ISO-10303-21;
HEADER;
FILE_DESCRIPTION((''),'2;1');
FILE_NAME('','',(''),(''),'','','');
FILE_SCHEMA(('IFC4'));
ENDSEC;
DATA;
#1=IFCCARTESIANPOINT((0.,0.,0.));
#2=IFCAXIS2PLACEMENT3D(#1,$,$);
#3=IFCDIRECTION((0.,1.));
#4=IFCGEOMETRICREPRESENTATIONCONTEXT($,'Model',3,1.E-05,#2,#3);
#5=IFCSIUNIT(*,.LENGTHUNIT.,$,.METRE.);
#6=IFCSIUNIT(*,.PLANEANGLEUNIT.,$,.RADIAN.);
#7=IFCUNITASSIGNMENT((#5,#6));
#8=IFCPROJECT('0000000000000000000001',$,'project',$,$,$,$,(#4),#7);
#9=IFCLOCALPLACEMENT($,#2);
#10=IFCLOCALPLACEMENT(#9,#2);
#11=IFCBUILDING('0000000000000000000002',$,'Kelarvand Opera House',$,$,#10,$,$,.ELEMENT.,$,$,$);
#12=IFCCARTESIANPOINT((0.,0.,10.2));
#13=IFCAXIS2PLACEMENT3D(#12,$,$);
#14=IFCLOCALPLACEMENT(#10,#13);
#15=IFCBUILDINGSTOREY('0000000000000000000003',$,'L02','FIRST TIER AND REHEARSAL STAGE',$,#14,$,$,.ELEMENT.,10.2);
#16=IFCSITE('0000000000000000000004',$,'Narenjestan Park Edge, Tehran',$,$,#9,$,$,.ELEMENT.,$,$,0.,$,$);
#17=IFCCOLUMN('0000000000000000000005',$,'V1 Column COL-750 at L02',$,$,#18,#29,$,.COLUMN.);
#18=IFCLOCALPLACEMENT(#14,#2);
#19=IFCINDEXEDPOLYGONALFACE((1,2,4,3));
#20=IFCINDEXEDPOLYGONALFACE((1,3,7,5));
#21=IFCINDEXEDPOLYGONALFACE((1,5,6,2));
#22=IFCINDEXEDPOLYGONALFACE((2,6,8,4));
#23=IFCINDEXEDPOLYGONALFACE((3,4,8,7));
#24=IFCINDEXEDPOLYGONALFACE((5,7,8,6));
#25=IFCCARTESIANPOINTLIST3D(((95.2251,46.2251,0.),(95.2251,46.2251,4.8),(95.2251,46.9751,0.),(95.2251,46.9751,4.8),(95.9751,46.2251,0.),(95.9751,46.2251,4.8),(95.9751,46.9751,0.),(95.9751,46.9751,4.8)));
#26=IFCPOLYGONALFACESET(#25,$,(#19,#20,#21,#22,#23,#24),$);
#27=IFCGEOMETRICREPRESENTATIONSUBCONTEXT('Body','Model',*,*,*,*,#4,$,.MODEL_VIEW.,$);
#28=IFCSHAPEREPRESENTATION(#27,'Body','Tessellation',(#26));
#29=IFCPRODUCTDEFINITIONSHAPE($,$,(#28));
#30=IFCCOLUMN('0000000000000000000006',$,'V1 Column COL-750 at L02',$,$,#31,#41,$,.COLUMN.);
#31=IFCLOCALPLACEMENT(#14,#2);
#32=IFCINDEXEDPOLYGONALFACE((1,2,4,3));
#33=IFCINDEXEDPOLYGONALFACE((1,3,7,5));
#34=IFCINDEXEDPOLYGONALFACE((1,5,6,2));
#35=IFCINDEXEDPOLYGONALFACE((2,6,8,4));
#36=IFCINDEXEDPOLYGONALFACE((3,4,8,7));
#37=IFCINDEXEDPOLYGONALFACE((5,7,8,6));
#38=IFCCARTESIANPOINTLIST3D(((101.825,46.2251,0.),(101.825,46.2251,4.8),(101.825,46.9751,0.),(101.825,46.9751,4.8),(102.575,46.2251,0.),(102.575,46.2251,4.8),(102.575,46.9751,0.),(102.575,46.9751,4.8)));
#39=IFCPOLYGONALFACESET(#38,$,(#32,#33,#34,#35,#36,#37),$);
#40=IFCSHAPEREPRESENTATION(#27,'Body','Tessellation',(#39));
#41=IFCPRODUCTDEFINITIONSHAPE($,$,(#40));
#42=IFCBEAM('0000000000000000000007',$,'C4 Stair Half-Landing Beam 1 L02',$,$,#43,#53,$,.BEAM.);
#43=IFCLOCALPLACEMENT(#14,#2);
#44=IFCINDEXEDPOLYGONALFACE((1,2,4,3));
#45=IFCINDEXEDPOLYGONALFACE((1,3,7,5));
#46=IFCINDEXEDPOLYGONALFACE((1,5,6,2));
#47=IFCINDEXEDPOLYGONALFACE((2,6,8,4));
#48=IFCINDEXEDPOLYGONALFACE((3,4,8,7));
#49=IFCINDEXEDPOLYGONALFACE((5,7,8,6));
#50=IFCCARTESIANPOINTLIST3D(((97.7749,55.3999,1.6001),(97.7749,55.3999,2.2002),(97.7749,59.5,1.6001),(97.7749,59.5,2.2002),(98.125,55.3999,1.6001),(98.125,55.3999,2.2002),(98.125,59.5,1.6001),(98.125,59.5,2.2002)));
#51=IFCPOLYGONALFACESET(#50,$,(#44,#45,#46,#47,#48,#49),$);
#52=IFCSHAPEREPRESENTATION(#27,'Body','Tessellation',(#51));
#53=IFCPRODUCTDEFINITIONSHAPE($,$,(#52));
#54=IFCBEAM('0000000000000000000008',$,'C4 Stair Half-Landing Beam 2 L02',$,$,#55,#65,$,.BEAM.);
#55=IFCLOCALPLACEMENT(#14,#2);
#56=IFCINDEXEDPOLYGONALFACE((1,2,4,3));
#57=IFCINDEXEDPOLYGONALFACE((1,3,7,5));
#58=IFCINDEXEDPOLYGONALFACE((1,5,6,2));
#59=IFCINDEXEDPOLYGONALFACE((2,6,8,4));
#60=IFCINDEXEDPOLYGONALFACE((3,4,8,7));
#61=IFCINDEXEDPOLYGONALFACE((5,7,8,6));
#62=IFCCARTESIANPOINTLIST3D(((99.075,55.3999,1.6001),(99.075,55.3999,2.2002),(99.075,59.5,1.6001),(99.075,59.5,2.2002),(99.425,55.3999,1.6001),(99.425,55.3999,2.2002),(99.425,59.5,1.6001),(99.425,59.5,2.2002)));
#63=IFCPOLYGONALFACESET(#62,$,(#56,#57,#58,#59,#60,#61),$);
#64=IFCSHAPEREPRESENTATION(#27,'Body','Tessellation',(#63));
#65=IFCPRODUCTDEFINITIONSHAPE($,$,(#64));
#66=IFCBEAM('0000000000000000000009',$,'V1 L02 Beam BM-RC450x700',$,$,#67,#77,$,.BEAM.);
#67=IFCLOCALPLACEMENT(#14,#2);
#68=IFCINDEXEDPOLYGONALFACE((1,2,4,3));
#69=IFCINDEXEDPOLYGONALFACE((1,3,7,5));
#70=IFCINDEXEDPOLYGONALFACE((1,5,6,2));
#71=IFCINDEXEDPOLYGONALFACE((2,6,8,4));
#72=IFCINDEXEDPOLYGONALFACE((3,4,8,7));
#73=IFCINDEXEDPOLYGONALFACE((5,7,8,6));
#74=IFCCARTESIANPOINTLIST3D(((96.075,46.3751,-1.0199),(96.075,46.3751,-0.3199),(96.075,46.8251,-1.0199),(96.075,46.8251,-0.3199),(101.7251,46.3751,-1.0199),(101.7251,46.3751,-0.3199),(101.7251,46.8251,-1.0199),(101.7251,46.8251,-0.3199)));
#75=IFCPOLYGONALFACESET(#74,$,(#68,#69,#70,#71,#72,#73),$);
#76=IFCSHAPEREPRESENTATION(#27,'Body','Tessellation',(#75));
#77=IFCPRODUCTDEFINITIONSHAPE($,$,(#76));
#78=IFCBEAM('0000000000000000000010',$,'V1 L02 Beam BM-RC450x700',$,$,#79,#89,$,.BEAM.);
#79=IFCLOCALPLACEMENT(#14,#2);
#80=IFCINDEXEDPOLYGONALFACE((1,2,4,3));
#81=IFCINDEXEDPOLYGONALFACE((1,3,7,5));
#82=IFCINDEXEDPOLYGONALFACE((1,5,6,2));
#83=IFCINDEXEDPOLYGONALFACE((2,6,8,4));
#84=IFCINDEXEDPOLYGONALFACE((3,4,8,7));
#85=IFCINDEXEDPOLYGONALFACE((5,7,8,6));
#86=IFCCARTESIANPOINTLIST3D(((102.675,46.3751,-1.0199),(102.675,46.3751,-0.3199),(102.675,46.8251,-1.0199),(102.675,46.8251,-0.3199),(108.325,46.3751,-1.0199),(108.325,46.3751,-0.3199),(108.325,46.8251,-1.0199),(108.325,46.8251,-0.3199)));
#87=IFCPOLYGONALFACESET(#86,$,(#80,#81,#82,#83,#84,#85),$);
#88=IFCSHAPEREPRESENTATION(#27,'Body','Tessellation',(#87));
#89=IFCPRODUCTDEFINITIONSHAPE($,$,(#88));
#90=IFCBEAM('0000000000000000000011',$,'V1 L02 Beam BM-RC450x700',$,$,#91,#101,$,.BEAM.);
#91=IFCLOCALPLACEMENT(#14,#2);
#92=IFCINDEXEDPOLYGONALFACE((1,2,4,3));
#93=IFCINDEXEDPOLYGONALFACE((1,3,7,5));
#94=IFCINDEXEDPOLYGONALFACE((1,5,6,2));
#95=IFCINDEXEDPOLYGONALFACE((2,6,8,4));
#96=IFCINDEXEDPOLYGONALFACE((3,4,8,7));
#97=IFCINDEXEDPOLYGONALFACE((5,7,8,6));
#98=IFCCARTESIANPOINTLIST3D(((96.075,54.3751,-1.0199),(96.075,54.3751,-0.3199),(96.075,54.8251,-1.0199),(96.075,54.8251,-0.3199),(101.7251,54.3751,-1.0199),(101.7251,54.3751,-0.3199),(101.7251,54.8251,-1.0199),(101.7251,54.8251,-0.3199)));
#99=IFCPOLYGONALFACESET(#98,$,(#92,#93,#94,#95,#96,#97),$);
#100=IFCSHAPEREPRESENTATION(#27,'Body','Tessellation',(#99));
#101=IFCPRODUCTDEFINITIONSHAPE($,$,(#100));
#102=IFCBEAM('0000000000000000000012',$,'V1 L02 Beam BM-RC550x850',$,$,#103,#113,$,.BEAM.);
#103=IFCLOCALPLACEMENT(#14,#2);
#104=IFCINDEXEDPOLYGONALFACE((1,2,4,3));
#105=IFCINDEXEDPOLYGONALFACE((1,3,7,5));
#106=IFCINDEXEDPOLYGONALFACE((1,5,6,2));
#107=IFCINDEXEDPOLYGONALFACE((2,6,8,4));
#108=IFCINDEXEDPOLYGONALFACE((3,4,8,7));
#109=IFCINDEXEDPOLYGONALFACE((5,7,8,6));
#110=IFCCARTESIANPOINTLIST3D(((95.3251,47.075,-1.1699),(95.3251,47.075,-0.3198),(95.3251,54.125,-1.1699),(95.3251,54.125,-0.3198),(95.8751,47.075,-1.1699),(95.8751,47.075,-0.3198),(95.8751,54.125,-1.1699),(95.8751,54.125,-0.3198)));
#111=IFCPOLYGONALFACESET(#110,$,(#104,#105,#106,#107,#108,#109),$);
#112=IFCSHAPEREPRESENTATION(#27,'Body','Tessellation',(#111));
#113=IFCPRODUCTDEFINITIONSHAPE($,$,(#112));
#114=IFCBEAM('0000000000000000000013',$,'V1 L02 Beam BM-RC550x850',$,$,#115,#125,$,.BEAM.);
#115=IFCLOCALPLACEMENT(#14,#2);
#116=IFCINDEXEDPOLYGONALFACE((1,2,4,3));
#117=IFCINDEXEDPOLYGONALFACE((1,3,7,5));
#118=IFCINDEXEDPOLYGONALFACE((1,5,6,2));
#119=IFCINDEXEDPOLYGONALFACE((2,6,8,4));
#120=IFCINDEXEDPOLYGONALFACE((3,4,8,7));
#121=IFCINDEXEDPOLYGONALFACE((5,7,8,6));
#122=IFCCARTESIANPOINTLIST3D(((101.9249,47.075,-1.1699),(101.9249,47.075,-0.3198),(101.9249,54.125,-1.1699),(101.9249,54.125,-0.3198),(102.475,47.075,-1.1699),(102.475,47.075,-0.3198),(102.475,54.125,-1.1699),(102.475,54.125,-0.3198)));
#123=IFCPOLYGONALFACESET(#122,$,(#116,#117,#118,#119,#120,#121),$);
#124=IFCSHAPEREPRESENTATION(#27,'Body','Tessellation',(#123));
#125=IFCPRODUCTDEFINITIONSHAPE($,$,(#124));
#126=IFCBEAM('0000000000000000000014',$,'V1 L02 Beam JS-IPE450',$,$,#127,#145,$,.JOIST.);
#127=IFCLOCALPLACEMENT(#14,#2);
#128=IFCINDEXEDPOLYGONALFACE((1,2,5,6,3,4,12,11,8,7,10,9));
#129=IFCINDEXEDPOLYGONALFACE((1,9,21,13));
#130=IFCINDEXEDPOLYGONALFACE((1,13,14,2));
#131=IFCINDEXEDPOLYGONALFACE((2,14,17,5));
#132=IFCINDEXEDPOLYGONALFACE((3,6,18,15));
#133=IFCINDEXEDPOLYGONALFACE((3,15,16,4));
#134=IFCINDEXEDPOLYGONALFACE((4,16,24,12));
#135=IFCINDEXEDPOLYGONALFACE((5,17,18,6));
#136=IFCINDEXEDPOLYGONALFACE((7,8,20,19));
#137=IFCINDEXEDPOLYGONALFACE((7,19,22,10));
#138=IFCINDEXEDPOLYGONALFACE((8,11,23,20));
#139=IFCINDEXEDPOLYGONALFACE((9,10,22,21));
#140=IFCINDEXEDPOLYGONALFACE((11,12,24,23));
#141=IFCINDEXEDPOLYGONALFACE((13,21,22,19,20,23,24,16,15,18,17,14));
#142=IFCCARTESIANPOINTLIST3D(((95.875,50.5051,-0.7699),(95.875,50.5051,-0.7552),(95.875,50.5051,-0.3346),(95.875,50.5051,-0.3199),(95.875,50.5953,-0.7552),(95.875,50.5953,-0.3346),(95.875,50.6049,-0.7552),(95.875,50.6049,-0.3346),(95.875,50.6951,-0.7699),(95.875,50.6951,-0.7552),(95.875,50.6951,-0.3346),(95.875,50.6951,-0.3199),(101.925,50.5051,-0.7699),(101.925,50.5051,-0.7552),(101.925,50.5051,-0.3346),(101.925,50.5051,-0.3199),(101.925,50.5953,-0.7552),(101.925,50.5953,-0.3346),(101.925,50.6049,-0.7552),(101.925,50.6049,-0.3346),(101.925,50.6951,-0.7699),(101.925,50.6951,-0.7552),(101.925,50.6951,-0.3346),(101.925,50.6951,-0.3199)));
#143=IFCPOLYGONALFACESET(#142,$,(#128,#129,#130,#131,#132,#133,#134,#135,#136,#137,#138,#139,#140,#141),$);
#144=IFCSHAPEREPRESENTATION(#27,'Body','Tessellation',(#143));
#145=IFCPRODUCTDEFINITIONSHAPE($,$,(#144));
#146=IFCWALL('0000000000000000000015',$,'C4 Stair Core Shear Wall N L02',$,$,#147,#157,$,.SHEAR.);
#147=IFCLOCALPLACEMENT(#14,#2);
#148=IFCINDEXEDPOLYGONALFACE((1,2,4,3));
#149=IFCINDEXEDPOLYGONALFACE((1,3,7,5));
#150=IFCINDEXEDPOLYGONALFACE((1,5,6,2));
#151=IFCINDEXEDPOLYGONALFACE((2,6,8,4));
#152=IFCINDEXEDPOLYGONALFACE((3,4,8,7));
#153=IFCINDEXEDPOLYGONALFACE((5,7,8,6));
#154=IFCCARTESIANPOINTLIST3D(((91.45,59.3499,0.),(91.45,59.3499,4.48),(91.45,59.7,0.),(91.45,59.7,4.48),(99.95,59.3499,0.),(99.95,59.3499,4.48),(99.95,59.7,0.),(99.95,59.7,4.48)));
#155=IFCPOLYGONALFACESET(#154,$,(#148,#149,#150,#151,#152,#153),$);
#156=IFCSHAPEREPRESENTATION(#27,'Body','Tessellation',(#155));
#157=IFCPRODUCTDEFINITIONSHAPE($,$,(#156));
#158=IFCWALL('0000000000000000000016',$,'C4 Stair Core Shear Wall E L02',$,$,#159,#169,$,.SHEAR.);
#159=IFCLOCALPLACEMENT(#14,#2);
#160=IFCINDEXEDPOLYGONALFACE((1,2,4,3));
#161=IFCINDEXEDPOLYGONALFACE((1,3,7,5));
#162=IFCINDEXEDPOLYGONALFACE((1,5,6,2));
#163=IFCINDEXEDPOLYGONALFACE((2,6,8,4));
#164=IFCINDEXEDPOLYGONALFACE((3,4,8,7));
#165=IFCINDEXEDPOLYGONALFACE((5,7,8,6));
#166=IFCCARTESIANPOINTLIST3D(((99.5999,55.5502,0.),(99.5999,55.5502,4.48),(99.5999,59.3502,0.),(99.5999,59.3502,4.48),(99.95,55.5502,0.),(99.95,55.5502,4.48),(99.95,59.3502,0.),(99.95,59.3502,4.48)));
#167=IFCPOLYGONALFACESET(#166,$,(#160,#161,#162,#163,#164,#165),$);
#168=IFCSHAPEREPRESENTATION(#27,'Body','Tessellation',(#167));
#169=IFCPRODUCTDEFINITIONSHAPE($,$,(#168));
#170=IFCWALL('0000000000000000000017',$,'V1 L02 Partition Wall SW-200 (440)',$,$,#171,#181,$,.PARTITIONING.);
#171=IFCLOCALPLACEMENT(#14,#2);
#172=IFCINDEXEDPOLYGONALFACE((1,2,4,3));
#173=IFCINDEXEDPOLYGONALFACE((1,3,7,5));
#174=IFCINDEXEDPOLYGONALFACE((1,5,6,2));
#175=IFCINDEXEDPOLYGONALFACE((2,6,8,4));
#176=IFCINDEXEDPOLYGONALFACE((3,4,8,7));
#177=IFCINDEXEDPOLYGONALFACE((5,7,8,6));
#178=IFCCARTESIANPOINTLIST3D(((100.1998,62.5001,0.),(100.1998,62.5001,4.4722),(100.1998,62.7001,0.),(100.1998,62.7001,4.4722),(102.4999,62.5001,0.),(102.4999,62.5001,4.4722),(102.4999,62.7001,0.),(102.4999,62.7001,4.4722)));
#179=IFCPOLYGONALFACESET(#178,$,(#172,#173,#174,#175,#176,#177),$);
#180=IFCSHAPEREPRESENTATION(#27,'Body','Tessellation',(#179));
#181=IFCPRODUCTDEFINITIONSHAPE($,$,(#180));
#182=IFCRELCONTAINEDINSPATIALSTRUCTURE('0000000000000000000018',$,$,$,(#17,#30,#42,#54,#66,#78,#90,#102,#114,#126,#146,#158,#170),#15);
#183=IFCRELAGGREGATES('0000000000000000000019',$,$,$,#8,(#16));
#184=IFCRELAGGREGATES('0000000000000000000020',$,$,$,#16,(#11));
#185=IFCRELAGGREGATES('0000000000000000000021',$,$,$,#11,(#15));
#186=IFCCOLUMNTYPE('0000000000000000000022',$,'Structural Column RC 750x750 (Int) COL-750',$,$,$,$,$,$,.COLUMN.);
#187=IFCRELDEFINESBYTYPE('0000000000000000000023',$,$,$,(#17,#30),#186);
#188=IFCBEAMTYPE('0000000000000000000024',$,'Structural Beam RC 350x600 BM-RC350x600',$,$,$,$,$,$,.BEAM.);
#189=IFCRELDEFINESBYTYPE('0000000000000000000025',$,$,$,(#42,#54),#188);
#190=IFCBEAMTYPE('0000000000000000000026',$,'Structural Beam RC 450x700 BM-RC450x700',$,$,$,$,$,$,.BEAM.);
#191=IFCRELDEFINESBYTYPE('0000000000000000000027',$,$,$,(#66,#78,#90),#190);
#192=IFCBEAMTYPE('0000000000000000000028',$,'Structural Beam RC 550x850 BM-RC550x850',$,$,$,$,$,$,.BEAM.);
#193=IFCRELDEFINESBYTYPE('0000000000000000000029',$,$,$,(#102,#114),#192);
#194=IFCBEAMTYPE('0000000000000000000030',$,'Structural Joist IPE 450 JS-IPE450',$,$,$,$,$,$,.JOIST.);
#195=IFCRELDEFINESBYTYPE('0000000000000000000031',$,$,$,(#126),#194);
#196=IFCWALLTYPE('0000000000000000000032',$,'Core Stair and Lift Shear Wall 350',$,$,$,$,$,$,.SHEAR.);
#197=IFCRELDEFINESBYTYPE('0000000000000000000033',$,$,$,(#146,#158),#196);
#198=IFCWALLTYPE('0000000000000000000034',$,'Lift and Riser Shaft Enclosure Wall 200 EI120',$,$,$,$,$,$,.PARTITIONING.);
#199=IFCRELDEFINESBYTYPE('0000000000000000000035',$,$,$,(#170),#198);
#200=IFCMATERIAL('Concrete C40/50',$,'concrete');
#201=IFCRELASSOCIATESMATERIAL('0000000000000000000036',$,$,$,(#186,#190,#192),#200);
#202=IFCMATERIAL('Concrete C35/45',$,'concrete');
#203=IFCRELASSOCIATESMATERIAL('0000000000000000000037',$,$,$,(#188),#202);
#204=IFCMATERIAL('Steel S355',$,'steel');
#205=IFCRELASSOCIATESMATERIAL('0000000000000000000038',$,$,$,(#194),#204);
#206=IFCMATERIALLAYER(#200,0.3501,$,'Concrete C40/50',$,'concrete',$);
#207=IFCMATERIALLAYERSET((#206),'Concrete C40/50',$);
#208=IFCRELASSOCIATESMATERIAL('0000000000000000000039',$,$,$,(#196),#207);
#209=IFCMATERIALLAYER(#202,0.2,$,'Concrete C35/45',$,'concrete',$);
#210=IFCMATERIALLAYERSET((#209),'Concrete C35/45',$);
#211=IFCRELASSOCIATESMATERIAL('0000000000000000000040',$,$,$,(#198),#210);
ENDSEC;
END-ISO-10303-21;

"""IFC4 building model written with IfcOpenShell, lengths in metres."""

from ifc_helpers import new_model, si_unit, direction, frame, frame_2d, origin, origin_2d, place, context, subcontext, project, spatial, rectangle, i_section, extrude, material, layer, layer_set, material_profile, profile_set, type_object, element, save


model = new_model("IFC4")

# Units and contexts
model_context = context("Model", 3, precision=1e-05, world=origin(), true_north=direction((0.0, 1.0)))
body_context = subcontext(model_context, "Body", "Model", "MODEL_VIEW")
ifc_project = project(units=[si_unit("LENGTHUNIT", "METRE"), si_unit("PLANEANGLEUNIT", "RADIAN")], contexts=[model_context])

# Site, building, storey
site_placement = place(None, origin())
site = spatial("IfcSite", under=ifc_project, at=site_placement, Name="Narenjestan Park Edge, Tehran", CompositionType="ELEMENT", RefElevation=0.0)
building_placement = place(site_placement, origin())
building = spatial("IfcBuilding", under=site, at=building_placement, Name="Kelarvand Opera House", CompositionType="ELEMENT")
storey_placement = place(building_placement, frame((0.0, 0.0, 10.2)))
storey = spatial("IfcBuildingStorey", under=building, at=storey_placement, Name="L02", Description="FIRST TIER AND REHEARSAL STAGE", CompositionType="ELEMENT", Elevation=10.2)

# Columns
ifc_material_1 = material(Name="Concrete C40/50", Category="concrete")
ifc_material_profile_1 = material_profile(ifc_material_1, rectangle(XDim=0.75, YDim=0.75, at=origin_2d()), Name="RC 750x750", Category="concrete")
ifc_profile_set_1 = profile_set([ifc_material_profile_1], Name="Concrete C40/50")
column_type = type_object("IfcColumnType", Name="Structural Column RC 750x750 (Int) COL-750", PredefinedType="COLUMN", material=ifc_profile_set_1)
for number, where, z_axis, x_axis, name in (
    (1, (95.6001, 46.6001, 0.0), (0.0, 0.0, 1.0), (1.0, 0.0, 0.0), "V1 Column COL-750 at L02"),
    (2, (102.2, 46.6001, 0.0), (0.0, 0.0, 1.0), (1.0, 0.0, 0.0), "V1 Column COL-750 at L02"),
):
    element("IfcColumn", number, at=place(storey_placement, frame(where, z_axis=z_axis, x_axis=x_axis)), inside=storey, type_object=column_type, Name=name, PredefinedType="COLUMN", context=body_context, shape_type="SweptSolid", body=[
        extrude(rectangle(XDim=0.75, YDim=0.75, at=origin_2d()), origin(), (0.0, 0.0, 1.0), 4.8),
    ])

# Beams
ifc_material_2 = material(Name="Concrete C35/45", Category="concrete")
ifc_material_profile_2 = material_profile(ifc_material_2, rectangle(XDim=0.3501, YDim=0.6001, at=origin_2d()), Name="RC 350x600", Category="concrete")
ifc_profile_set_2 = profile_set([ifc_material_profile_2], Name="Concrete C35/45")
beam_type_1 = type_object("IfcBeamType", Name="Structural Beam RC 350x600 BM-RC350x600", PredefinedType="BEAM", material=ifc_profile_set_2)
for number, where, z_axis, x_axis, name in (
    (3, (97.95, 55.3999, 1.9001), (0.0, 1.0, 0.0), (-1.0, 0.0, 0.0), "C4 Stair Half-Landing Beam 1 L02"),
    (4, (99.25, 55.3999, 1.9001), (0.0, 1.0, 0.0), (-1.0, 0.0, 0.0), "C4 Stair Half-Landing Beam 2 L02"),
):
    element("IfcBeam", number, at=place(storey_placement, frame(where, z_axis=z_axis, x_axis=x_axis)), inside=storey, type_object=beam_type_1, Name=name, PredefinedType="BEAM", context=body_context, shape_type="SweptSolid", body=[
        extrude(rectangle(XDim=0.3501, YDim=0.6001, at=origin_2d()), origin(), (0.0, 0.0, 1.0), 4.1001),
    ])
ifc_material_profile_3 = material_profile(ifc_material_1, rectangle(XDim=0.45, YDim=0.7, at=origin_2d()), Name="RC 450x700", Category="concrete")
ifc_profile_set_3 = profile_set([ifc_material_profile_3], Name="Concrete C40/50")
beam_type_2 = type_object("IfcBeamType", Name="Structural Beam RC 450x700 BM-RC450x700", PredefinedType="BEAM", material=ifc_profile_set_3)
beam_1_placement = place(storey_placement, frame((96.075, 46.6001, -0.6699), z_axis=(1.0, 0.0, 0.0), x_axis=(0.0, 1.0, 0.0)))
element("IfcBeam", 5, at=beam_1_placement, inside=storey, type_object=beam_type_2, Name="V1 L02 Beam BM-RC450x700", PredefinedType="BEAM", context=body_context, shape_type="SweptSolid", body=[
    extrude(rectangle(XDim=0.45, YDim=0.7, at=origin_2d()), origin(), (0.0, 0.0, 1.0), 5.6501),
])
beam_2_placement = place(storey_placement, frame((102.675, 46.6001, -0.6699), z_axis=(1.0, 0.0, 0.0), x_axis=(0.0, 1.0, 0.0)))
element("IfcBeam", 6, at=beam_2_placement, inside=storey, type_object=beam_type_2, Name="V1 L02 Beam BM-RC450x700", PredefinedType="BEAM", context=body_context, shape_type="SweptSolid", body=[
    extrude(rectangle(XDim=0.45, YDim=0.7, at=origin_2d()), origin(), (0.0, 0.0, 1.0), 5.6499),
])
beam_3_placement = place(storey_placement, frame((96.075, 54.6001, -0.6699), z_axis=(1.0, 0.0, 0.0), x_axis=(0.0, 1.0, 0.0)))
element("IfcBeam", 7, at=beam_3_placement, inside=storey, type_object=beam_type_2, Name="V1 L02 Beam BM-RC450x700", PredefinedType="BEAM", context=body_context, shape_type="SweptSolid", body=[
    extrude(rectangle(XDim=0.45, YDim=0.7, at=origin_2d()), origin(), (0.0, 0.0, 1.0), 5.6501),
])
ifc_material_profile_4 = material_profile(ifc_material_1, rectangle(XDim=0.55, YDim=0.8501, at=origin_2d()), Name="RC 550x850", Category="concrete")
ifc_profile_set_4 = profile_set([ifc_material_profile_4], Name="Concrete C40/50")
beam_type_3 = type_object("IfcBeamType", Name="Structural Beam RC 550x850 BM-RC550x850", PredefinedType="BEAM", material=ifc_profile_set_4)
for number, where, z_axis, x_axis, name in (
    (8, (95.6001, 47.075, -0.7449), (0.0, 1.0, 0.0), (-1.0, 0.0, 0.0), "V1 L02 Beam BM-RC550x850"),
    (9, (102.2, 47.075, -0.7449), (0.0, 1.0, 0.0), (-1.0, 0.0, 0.0), "V1 L02 Beam BM-RC550x850"),
):
    element("IfcBeam", number, at=place(storey_placement, frame(where, z_axis=z_axis, x_axis=x_axis)), inside=storey, type_object=beam_type_3, Name=name, PredefinedType="BEAM", context=body_context, shape_type="SweptSolid", body=[
        extrude(rectangle(XDim=0.55, YDim=0.8501, at=origin_2d()), origin(), (0.0, 0.0, 1.0), 7.05),
    ])
ifc_material_3 = material(Name="Steel S355", Category="steel")
ifc_material_profile_5 = material_profile(ifc_material_3, i_section(OverallWidth=0.1899, OverallDepth=0.45, WebThickness=0.0095, FlangeThickness=0.0146, at=origin_2d()), Name="IPE 450", Category="steel")
ifc_profile_set_5 = profile_set([ifc_material_profile_5], Name="Steel S355")
beam_type_4 = type_object("IfcBeamType", Name="Structural Joist IPE 450 JS-IPE450", PredefinedType="JOIST", material=ifc_profile_set_5)
beam_4_placement = place(storey_placement, frame((95.875, 50.6001, -0.5449), z_axis=(1.0, 0.0, 0.0), x_axis=(0.0, 1.0, 0.0)))
element("IfcBeam", 10, at=beam_4_placement, inside=storey, type_object=beam_type_4, Name="V1 L02 Beam JS-IPE450", PredefinedType="JOIST", context=body_context, shape_type="SweptSolid", body=[
    extrude(i_section(OverallWidth=0.1899, OverallDepth=0.45, WebThickness=0.0095, FlangeThickness=0.0146, at=origin_2d()), origin(), (0.0, 0.0, 1.0), 6.05),
])

# Walls
ifc_layer_1 = layer(ifc_material_1, 0.3501, Name="Concrete C40/50", Category="concrete")
ifc_layer_set_1 = layer_set([ifc_layer_1], Name="Concrete C40/50")
wall_type_1 = type_object("IfcWallType", Name="Core Stair and Lift Shear Wall 350", PredefinedType="SHEAR", material=ifc_layer_set_1)
wall_1_placement = place(storey_placement, frame((99.95, 59.5249, 0.0), z_axis=(0.0, 0.0, 1.0), x_axis=(-1.0, 0.0, 0.0)))
element("IfcWall", 11, at=wall_1_placement, inside=storey, type_object=wall_type_1, Name="C4 Stair Core Shear Wall N L02", PredefinedType="SHEAR", context=body_context, shape_type="SweptSolid", body=[
    extrude(rectangle(XDim=8.5, YDim=0.3501, at=frame_2d((4.25, 0.0))), origin(), (0.0, 0.0, 1.0), 4.48),
])
wall_2_placement = place(storey_placement, frame((99.7749, 59.3501, 0.0), z_axis=(0.0, 0.0, 1.0), x_axis=(0.0, -1.0, 0.0)))
element("IfcWall", 12, at=wall_2_placement, inside=storey, type_object=wall_type_1, Name="C4 Stair Core Shear Wall E L02", PredefinedType="SHEAR", context=body_context, shape_type="SweptSolid", body=[
    extrude(rectangle(XDim=3.8, YDim=0.3501, at=frame_2d((1.8999, 0.0))), origin(), (0.0, 0.0, 1.0), 4.48),
])
ifc_layer_2 = layer(ifc_material_2, 0.2, Name="Concrete C35/45", Category="concrete")
ifc_layer_set_2 = layer_set([ifc_layer_2], Name="Concrete C35/45")
wall_type_2 = type_object("IfcWallType", Name="Lift and Riser Shaft Enclosure Wall 200 EI120", PredefinedType="PARTITIONING", material=ifc_layer_set_2)
wall_3_placement = place(storey_placement, frame((100.2, 62.6001, 0.0), z_axis=(0.0, 0.0, 1.0), x_axis=(1.0, 0.0, 0.0)))
element("IfcWall", 13, at=wall_3_placement, inside=storey, type_object=wall_type_2, Name="V1 L02 Partition Wall SW-200 (440)", PredefinedType="PARTITIONING", context=body_context, shape_type="SweptSolid", body=[
    extrude(rectangle(XDim=2.3, YDim=0.2, at=frame_2d((1.1499, 0.0))), origin(), (0.0, 0.0, 1.0), 4.4722),
])

save(model, "model.ifc")
